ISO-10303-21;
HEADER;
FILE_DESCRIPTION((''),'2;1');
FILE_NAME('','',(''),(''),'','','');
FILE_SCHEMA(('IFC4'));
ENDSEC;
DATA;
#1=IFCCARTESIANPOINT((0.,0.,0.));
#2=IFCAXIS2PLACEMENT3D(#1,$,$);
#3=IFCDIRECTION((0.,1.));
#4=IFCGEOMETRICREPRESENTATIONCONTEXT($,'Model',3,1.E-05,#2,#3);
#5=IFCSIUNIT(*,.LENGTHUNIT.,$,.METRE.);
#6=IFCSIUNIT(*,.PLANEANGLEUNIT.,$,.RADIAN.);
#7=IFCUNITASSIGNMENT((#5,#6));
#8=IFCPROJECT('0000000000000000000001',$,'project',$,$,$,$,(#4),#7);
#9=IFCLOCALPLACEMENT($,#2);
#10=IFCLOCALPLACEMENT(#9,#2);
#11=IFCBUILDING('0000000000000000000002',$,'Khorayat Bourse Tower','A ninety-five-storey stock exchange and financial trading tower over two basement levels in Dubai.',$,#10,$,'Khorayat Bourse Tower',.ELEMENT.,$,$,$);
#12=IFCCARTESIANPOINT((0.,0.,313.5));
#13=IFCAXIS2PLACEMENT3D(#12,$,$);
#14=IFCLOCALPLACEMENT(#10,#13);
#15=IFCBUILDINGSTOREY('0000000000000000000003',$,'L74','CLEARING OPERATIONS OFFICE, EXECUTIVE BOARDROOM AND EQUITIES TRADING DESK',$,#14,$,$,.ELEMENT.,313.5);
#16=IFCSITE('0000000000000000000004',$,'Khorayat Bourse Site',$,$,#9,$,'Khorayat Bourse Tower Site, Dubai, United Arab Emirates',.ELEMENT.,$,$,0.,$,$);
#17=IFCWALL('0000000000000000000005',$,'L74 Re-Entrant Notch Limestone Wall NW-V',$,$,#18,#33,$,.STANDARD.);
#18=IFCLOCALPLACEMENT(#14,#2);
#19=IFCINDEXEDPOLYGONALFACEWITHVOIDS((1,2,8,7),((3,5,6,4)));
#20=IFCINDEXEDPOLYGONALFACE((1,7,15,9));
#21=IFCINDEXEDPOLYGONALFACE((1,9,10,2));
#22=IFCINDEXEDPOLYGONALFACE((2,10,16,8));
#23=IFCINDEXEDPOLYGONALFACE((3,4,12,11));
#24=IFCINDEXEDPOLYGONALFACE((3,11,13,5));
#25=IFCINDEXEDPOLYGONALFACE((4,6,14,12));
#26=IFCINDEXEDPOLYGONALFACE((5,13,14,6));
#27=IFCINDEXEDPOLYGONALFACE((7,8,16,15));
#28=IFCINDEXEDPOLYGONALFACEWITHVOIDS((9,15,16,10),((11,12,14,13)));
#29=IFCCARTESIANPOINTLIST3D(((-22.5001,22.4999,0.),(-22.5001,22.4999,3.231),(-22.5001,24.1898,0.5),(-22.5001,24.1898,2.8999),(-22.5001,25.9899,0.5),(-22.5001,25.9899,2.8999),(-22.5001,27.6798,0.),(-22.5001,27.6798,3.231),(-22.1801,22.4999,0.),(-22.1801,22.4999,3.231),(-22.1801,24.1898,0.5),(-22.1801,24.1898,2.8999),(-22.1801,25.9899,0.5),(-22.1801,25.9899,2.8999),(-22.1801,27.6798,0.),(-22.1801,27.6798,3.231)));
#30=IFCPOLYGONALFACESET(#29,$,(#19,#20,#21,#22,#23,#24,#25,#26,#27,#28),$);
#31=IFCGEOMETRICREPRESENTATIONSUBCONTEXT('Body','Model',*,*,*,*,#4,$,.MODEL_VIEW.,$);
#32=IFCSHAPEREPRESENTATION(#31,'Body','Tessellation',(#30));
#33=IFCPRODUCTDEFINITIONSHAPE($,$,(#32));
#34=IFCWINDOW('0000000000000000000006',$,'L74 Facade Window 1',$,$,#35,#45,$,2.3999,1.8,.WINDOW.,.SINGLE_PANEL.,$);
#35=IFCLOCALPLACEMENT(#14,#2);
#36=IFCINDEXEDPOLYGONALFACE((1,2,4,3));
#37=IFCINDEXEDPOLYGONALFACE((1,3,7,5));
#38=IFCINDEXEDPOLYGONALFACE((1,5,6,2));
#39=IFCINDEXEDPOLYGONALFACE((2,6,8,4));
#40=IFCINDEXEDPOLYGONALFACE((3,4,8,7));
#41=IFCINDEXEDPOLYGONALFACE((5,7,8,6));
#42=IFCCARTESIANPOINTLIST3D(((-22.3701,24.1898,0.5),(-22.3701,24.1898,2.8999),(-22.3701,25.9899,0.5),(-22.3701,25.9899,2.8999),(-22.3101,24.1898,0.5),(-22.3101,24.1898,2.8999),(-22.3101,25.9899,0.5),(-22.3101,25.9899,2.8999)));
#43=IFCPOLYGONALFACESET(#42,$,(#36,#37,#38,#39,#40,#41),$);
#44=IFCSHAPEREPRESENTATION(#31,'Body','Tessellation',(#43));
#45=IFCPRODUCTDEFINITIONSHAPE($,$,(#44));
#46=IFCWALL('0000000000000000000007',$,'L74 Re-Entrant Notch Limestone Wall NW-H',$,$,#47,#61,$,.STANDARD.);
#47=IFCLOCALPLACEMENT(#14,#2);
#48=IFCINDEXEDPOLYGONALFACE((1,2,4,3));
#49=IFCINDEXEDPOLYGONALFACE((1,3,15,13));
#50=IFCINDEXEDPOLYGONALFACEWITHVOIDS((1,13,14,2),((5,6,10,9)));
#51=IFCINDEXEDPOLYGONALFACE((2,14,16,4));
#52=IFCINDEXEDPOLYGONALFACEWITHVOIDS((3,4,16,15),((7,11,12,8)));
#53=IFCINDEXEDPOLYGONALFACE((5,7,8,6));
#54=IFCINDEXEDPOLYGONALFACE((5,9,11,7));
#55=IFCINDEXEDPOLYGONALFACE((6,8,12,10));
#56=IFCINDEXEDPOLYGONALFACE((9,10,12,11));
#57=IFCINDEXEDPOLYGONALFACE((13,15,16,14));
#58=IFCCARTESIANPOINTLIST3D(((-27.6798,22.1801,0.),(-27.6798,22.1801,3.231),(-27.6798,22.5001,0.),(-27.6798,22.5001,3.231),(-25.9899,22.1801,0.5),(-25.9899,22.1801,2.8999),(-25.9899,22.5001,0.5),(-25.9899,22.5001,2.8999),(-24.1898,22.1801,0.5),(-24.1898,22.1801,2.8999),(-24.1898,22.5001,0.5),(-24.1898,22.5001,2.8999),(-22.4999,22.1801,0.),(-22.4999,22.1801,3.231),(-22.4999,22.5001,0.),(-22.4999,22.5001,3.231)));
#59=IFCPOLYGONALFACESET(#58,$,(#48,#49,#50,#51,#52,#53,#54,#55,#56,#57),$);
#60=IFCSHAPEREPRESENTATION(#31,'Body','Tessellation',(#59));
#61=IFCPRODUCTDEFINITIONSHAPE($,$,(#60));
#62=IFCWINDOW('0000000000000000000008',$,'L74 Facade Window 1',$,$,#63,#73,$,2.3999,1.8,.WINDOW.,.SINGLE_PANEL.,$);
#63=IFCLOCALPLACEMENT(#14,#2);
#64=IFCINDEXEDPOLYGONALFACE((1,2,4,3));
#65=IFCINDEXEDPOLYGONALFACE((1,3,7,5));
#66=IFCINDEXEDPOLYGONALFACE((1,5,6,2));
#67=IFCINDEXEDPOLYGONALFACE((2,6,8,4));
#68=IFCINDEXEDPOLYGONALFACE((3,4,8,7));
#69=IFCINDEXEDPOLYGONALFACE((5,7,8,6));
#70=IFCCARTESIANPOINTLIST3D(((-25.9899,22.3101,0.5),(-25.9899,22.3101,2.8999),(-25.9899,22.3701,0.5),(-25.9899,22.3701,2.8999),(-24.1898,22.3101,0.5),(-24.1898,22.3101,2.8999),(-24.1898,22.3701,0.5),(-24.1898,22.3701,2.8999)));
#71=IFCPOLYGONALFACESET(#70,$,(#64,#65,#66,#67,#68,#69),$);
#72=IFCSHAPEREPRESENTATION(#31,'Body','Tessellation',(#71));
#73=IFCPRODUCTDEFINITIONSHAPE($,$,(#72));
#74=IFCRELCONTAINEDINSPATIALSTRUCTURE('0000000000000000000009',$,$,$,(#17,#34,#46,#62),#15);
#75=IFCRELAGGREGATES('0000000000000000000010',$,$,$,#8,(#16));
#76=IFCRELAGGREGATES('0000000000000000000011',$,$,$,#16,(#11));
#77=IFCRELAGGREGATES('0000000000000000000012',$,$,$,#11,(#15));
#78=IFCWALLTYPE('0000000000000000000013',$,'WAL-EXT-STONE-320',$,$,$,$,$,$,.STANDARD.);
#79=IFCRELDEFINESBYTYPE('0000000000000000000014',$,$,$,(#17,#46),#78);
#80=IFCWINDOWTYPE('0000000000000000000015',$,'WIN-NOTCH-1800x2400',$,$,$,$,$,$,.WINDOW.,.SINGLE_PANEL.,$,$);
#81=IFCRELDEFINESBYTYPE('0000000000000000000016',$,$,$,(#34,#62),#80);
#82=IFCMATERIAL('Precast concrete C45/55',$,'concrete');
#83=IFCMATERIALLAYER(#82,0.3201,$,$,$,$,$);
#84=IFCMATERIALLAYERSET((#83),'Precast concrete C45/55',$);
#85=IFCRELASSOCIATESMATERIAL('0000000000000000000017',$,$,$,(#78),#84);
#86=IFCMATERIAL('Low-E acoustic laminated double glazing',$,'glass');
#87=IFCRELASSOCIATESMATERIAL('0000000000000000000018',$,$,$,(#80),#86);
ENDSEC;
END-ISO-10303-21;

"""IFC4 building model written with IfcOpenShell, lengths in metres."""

from ifc_helpers import new_model, si_unit, direction, frame, frame_2d, origin, place, context, subcontext, project, spatial, rectangle, extrude, source, transform, mapped, material, layer, layer_set, type_object, element, fill, save


model = new_model("IFC4")

# Units and contexts
model_context = context("Model", 3, precision=1e-05, world=origin(), true_north=direction((0.0, 1.0)))
body_context = subcontext(model_context, "Body", "Model", "MODEL_VIEW")
ifc_project = project(units=[si_unit("LENGTHUNIT", "METRE"), si_unit("PLANEANGLEUNIT", "RADIAN")], contexts=[model_context])

# Site, building, storey
site_placement = place(None, origin())
site = spatial("IfcSite", under=ifc_project, at=site_placement, Name="Khorayat Bourse Site", LongName="Khorayat Bourse Tower Site, Dubai, United Arab Emirates", CompositionType="ELEMENT", RefElevation=0.0)
building_placement = place(site_placement, origin())
building = spatial("IfcBuilding", under=site, at=building_placement, Name="Khorayat Bourse Tower", Description="A ninety-five-storey stock exchange and financial trading tower over two basement levels in Dubai.", LongName="Khorayat Bourse Tower", CompositionType="ELEMENT")
storey_placement = place(building_placement, frame((0.0, 0.0, 313.5)))
storey = spatial("IfcBuildingStorey", under=building, at=storey_placement, Name="L74", Description="CLEARING OPERATIONS OFFICE, EXECUTIVE BOARDROOM AND EQUITIES TRADING DESK", CompositionType="ELEMENT", Elevation=313.5)

# Walls, openings, windows
ifc_material_1 = material(Name="Precast concrete C45/55", Category="concrete")
ifc_layer_1 = layer(ifc_material_1, 0.3201)
ifc_layer_set_1 = layer_set([ifc_layer_1], Name="Precast concrete C45/55")
wall_type = type_object("IfcWallType", Name="WAL-EXT-STONE-320", PredefinedType="STANDARD", material=ifc_layer_set_1)
shared_shape_1 = source(origin(), body_context, "Body", "SweptSolid", [
    extrude(rectangle(XDim=5.1799, YDim=0.3201, at=frame_2d((2.5898, 0.0))), origin(), (0.0, 0.0, 1.0), 3.231),
])
wall_1_placement = place(storey_placement, frame((-22.3401, 22.5, 0.0), z_axis=(0.0, 0.0, 1.0), x_axis=(0.0, 1.0, 0.0)))
wall_1 = element("IfcWall", 1, at=wall_1_placement, inside=storey, type_object=wall_type, Name="L74 Re-Entrant Notch Limestone Wall NW-V", PredefinedType="STANDARD", context=body_context, shape_type="MappedRepresentation", body=[
    mapped(shared_shape_1, transform((0.0, 0.0, 0.0), scale=1.0)),
])
shared_shape_2 = source(origin(), body_context, "Body", "SweptSolid", [
    extrude(rectangle(XDim=1.8, YDim=2.3999, at=frame_2d((0.8999, 1.2))), frame((0.0, 0.1699, 0.0), z_axis=(0.0, -1.0, 0.0), x_axis=(1.0, 0.0, 0.0)), (0.0, 0.0, 1.0), 0.3401),
])
opening_1_placement = place(wall_1_placement, frame((1.6899, 0.0, 0.5)))
opening_1 = element("IfcOpeningElement", 2, at=opening_1_placement, cuts=wall_1, PredefinedType="OPENING", context=body_context, shape_type="MappedRepresentation", body=[
    mapped(shared_shape_2, transform((0.0, 0.0, 0.0), scale=1.0)),
])
ifc_material_2 = material(Name="Low-E acoustic laminated double glazing", Category="glass")
window_type = type_object("IfcWindowType", Name="WIN-NOTCH-1800x2400", PartitioningType="SINGLE_PANEL", PredefinedType="WINDOW", material=ifc_material_2)
shared_shape_3 = source(origin(), body_context, "Body", "SweptSolid", [
    extrude(rectangle(XDim=1.8, YDim=2.3999, at=frame_2d((0.8999, 1.2))), frame((0.0, 0.03, 0.0), z_axis=(0.0, -1.0, 0.0), x_axis=(1.0, 0.0, 0.0)), (0.0, 0.0, 1.0), 0.0601),
])
window_1_placement = place(opening_1_placement, origin())
window_1 = element("IfcWindow", 3, at=window_1_placement, inside=storey, type_object=window_type, Name="L74 Facade Window 1", OverallHeight=2.3999, OverallWidth=1.8, PartitioningType="SINGLE_PANEL", PredefinedType="WINDOW", context=body_context, shape_type="MappedRepresentation", body=[
    mapped(shared_shape_3, transform((0.0, 0.0, 0.0), scale=1.0)),
])
fill(opening_1, window_1)
wall_2_placement = place(storey_placement, frame((-22.5, 22.3401, 0.0), z_axis=(0.0, 0.0, 1.0), x_axis=(-1.0, 0.0, 0.0)))
wall_2 = element("IfcWall", 4, at=wall_2_placement, inside=storey, type_object=wall_type, Name="L74 Re-Entrant Notch Limestone Wall NW-H", PredefinedType="STANDARD", context=body_context, shape_type="MappedRepresentation", body=[
    mapped(shared_shape_1, transform((0.0, 0.0, 0.0), scale=1.0)),
])
opening_2_placement = place(wall_2_placement, frame((1.6899, 0.0, 0.5)))
opening_2 = element("IfcOpeningElement", 5, at=opening_2_placement, cuts=wall_2, PredefinedType="OPENING", context=body_context, shape_type="MappedRepresentation", body=[
    mapped(shared_shape_2, transform((0.0, 0.0, 0.0), scale=1.0)),
])
window_2_placement = place(opening_2_placement, origin())
window_2 = element("IfcWindow", 6, at=window_2_placement, inside=storey, type_object=window_type, Name="L74 Facade Window 1", OverallHeight=2.3999, OverallWidth=1.8, PartitioningType="SINGLE_PANEL", PredefinedType="WINDOW", context=body_context, shape_type="MappedRepresentation", body=[
    mapped(shared_shape_3, transform((0.0, 0.0, 0.0), scale=1.0)),
])
fill(opening_2, window_2)

save(model, "model.ifc")
